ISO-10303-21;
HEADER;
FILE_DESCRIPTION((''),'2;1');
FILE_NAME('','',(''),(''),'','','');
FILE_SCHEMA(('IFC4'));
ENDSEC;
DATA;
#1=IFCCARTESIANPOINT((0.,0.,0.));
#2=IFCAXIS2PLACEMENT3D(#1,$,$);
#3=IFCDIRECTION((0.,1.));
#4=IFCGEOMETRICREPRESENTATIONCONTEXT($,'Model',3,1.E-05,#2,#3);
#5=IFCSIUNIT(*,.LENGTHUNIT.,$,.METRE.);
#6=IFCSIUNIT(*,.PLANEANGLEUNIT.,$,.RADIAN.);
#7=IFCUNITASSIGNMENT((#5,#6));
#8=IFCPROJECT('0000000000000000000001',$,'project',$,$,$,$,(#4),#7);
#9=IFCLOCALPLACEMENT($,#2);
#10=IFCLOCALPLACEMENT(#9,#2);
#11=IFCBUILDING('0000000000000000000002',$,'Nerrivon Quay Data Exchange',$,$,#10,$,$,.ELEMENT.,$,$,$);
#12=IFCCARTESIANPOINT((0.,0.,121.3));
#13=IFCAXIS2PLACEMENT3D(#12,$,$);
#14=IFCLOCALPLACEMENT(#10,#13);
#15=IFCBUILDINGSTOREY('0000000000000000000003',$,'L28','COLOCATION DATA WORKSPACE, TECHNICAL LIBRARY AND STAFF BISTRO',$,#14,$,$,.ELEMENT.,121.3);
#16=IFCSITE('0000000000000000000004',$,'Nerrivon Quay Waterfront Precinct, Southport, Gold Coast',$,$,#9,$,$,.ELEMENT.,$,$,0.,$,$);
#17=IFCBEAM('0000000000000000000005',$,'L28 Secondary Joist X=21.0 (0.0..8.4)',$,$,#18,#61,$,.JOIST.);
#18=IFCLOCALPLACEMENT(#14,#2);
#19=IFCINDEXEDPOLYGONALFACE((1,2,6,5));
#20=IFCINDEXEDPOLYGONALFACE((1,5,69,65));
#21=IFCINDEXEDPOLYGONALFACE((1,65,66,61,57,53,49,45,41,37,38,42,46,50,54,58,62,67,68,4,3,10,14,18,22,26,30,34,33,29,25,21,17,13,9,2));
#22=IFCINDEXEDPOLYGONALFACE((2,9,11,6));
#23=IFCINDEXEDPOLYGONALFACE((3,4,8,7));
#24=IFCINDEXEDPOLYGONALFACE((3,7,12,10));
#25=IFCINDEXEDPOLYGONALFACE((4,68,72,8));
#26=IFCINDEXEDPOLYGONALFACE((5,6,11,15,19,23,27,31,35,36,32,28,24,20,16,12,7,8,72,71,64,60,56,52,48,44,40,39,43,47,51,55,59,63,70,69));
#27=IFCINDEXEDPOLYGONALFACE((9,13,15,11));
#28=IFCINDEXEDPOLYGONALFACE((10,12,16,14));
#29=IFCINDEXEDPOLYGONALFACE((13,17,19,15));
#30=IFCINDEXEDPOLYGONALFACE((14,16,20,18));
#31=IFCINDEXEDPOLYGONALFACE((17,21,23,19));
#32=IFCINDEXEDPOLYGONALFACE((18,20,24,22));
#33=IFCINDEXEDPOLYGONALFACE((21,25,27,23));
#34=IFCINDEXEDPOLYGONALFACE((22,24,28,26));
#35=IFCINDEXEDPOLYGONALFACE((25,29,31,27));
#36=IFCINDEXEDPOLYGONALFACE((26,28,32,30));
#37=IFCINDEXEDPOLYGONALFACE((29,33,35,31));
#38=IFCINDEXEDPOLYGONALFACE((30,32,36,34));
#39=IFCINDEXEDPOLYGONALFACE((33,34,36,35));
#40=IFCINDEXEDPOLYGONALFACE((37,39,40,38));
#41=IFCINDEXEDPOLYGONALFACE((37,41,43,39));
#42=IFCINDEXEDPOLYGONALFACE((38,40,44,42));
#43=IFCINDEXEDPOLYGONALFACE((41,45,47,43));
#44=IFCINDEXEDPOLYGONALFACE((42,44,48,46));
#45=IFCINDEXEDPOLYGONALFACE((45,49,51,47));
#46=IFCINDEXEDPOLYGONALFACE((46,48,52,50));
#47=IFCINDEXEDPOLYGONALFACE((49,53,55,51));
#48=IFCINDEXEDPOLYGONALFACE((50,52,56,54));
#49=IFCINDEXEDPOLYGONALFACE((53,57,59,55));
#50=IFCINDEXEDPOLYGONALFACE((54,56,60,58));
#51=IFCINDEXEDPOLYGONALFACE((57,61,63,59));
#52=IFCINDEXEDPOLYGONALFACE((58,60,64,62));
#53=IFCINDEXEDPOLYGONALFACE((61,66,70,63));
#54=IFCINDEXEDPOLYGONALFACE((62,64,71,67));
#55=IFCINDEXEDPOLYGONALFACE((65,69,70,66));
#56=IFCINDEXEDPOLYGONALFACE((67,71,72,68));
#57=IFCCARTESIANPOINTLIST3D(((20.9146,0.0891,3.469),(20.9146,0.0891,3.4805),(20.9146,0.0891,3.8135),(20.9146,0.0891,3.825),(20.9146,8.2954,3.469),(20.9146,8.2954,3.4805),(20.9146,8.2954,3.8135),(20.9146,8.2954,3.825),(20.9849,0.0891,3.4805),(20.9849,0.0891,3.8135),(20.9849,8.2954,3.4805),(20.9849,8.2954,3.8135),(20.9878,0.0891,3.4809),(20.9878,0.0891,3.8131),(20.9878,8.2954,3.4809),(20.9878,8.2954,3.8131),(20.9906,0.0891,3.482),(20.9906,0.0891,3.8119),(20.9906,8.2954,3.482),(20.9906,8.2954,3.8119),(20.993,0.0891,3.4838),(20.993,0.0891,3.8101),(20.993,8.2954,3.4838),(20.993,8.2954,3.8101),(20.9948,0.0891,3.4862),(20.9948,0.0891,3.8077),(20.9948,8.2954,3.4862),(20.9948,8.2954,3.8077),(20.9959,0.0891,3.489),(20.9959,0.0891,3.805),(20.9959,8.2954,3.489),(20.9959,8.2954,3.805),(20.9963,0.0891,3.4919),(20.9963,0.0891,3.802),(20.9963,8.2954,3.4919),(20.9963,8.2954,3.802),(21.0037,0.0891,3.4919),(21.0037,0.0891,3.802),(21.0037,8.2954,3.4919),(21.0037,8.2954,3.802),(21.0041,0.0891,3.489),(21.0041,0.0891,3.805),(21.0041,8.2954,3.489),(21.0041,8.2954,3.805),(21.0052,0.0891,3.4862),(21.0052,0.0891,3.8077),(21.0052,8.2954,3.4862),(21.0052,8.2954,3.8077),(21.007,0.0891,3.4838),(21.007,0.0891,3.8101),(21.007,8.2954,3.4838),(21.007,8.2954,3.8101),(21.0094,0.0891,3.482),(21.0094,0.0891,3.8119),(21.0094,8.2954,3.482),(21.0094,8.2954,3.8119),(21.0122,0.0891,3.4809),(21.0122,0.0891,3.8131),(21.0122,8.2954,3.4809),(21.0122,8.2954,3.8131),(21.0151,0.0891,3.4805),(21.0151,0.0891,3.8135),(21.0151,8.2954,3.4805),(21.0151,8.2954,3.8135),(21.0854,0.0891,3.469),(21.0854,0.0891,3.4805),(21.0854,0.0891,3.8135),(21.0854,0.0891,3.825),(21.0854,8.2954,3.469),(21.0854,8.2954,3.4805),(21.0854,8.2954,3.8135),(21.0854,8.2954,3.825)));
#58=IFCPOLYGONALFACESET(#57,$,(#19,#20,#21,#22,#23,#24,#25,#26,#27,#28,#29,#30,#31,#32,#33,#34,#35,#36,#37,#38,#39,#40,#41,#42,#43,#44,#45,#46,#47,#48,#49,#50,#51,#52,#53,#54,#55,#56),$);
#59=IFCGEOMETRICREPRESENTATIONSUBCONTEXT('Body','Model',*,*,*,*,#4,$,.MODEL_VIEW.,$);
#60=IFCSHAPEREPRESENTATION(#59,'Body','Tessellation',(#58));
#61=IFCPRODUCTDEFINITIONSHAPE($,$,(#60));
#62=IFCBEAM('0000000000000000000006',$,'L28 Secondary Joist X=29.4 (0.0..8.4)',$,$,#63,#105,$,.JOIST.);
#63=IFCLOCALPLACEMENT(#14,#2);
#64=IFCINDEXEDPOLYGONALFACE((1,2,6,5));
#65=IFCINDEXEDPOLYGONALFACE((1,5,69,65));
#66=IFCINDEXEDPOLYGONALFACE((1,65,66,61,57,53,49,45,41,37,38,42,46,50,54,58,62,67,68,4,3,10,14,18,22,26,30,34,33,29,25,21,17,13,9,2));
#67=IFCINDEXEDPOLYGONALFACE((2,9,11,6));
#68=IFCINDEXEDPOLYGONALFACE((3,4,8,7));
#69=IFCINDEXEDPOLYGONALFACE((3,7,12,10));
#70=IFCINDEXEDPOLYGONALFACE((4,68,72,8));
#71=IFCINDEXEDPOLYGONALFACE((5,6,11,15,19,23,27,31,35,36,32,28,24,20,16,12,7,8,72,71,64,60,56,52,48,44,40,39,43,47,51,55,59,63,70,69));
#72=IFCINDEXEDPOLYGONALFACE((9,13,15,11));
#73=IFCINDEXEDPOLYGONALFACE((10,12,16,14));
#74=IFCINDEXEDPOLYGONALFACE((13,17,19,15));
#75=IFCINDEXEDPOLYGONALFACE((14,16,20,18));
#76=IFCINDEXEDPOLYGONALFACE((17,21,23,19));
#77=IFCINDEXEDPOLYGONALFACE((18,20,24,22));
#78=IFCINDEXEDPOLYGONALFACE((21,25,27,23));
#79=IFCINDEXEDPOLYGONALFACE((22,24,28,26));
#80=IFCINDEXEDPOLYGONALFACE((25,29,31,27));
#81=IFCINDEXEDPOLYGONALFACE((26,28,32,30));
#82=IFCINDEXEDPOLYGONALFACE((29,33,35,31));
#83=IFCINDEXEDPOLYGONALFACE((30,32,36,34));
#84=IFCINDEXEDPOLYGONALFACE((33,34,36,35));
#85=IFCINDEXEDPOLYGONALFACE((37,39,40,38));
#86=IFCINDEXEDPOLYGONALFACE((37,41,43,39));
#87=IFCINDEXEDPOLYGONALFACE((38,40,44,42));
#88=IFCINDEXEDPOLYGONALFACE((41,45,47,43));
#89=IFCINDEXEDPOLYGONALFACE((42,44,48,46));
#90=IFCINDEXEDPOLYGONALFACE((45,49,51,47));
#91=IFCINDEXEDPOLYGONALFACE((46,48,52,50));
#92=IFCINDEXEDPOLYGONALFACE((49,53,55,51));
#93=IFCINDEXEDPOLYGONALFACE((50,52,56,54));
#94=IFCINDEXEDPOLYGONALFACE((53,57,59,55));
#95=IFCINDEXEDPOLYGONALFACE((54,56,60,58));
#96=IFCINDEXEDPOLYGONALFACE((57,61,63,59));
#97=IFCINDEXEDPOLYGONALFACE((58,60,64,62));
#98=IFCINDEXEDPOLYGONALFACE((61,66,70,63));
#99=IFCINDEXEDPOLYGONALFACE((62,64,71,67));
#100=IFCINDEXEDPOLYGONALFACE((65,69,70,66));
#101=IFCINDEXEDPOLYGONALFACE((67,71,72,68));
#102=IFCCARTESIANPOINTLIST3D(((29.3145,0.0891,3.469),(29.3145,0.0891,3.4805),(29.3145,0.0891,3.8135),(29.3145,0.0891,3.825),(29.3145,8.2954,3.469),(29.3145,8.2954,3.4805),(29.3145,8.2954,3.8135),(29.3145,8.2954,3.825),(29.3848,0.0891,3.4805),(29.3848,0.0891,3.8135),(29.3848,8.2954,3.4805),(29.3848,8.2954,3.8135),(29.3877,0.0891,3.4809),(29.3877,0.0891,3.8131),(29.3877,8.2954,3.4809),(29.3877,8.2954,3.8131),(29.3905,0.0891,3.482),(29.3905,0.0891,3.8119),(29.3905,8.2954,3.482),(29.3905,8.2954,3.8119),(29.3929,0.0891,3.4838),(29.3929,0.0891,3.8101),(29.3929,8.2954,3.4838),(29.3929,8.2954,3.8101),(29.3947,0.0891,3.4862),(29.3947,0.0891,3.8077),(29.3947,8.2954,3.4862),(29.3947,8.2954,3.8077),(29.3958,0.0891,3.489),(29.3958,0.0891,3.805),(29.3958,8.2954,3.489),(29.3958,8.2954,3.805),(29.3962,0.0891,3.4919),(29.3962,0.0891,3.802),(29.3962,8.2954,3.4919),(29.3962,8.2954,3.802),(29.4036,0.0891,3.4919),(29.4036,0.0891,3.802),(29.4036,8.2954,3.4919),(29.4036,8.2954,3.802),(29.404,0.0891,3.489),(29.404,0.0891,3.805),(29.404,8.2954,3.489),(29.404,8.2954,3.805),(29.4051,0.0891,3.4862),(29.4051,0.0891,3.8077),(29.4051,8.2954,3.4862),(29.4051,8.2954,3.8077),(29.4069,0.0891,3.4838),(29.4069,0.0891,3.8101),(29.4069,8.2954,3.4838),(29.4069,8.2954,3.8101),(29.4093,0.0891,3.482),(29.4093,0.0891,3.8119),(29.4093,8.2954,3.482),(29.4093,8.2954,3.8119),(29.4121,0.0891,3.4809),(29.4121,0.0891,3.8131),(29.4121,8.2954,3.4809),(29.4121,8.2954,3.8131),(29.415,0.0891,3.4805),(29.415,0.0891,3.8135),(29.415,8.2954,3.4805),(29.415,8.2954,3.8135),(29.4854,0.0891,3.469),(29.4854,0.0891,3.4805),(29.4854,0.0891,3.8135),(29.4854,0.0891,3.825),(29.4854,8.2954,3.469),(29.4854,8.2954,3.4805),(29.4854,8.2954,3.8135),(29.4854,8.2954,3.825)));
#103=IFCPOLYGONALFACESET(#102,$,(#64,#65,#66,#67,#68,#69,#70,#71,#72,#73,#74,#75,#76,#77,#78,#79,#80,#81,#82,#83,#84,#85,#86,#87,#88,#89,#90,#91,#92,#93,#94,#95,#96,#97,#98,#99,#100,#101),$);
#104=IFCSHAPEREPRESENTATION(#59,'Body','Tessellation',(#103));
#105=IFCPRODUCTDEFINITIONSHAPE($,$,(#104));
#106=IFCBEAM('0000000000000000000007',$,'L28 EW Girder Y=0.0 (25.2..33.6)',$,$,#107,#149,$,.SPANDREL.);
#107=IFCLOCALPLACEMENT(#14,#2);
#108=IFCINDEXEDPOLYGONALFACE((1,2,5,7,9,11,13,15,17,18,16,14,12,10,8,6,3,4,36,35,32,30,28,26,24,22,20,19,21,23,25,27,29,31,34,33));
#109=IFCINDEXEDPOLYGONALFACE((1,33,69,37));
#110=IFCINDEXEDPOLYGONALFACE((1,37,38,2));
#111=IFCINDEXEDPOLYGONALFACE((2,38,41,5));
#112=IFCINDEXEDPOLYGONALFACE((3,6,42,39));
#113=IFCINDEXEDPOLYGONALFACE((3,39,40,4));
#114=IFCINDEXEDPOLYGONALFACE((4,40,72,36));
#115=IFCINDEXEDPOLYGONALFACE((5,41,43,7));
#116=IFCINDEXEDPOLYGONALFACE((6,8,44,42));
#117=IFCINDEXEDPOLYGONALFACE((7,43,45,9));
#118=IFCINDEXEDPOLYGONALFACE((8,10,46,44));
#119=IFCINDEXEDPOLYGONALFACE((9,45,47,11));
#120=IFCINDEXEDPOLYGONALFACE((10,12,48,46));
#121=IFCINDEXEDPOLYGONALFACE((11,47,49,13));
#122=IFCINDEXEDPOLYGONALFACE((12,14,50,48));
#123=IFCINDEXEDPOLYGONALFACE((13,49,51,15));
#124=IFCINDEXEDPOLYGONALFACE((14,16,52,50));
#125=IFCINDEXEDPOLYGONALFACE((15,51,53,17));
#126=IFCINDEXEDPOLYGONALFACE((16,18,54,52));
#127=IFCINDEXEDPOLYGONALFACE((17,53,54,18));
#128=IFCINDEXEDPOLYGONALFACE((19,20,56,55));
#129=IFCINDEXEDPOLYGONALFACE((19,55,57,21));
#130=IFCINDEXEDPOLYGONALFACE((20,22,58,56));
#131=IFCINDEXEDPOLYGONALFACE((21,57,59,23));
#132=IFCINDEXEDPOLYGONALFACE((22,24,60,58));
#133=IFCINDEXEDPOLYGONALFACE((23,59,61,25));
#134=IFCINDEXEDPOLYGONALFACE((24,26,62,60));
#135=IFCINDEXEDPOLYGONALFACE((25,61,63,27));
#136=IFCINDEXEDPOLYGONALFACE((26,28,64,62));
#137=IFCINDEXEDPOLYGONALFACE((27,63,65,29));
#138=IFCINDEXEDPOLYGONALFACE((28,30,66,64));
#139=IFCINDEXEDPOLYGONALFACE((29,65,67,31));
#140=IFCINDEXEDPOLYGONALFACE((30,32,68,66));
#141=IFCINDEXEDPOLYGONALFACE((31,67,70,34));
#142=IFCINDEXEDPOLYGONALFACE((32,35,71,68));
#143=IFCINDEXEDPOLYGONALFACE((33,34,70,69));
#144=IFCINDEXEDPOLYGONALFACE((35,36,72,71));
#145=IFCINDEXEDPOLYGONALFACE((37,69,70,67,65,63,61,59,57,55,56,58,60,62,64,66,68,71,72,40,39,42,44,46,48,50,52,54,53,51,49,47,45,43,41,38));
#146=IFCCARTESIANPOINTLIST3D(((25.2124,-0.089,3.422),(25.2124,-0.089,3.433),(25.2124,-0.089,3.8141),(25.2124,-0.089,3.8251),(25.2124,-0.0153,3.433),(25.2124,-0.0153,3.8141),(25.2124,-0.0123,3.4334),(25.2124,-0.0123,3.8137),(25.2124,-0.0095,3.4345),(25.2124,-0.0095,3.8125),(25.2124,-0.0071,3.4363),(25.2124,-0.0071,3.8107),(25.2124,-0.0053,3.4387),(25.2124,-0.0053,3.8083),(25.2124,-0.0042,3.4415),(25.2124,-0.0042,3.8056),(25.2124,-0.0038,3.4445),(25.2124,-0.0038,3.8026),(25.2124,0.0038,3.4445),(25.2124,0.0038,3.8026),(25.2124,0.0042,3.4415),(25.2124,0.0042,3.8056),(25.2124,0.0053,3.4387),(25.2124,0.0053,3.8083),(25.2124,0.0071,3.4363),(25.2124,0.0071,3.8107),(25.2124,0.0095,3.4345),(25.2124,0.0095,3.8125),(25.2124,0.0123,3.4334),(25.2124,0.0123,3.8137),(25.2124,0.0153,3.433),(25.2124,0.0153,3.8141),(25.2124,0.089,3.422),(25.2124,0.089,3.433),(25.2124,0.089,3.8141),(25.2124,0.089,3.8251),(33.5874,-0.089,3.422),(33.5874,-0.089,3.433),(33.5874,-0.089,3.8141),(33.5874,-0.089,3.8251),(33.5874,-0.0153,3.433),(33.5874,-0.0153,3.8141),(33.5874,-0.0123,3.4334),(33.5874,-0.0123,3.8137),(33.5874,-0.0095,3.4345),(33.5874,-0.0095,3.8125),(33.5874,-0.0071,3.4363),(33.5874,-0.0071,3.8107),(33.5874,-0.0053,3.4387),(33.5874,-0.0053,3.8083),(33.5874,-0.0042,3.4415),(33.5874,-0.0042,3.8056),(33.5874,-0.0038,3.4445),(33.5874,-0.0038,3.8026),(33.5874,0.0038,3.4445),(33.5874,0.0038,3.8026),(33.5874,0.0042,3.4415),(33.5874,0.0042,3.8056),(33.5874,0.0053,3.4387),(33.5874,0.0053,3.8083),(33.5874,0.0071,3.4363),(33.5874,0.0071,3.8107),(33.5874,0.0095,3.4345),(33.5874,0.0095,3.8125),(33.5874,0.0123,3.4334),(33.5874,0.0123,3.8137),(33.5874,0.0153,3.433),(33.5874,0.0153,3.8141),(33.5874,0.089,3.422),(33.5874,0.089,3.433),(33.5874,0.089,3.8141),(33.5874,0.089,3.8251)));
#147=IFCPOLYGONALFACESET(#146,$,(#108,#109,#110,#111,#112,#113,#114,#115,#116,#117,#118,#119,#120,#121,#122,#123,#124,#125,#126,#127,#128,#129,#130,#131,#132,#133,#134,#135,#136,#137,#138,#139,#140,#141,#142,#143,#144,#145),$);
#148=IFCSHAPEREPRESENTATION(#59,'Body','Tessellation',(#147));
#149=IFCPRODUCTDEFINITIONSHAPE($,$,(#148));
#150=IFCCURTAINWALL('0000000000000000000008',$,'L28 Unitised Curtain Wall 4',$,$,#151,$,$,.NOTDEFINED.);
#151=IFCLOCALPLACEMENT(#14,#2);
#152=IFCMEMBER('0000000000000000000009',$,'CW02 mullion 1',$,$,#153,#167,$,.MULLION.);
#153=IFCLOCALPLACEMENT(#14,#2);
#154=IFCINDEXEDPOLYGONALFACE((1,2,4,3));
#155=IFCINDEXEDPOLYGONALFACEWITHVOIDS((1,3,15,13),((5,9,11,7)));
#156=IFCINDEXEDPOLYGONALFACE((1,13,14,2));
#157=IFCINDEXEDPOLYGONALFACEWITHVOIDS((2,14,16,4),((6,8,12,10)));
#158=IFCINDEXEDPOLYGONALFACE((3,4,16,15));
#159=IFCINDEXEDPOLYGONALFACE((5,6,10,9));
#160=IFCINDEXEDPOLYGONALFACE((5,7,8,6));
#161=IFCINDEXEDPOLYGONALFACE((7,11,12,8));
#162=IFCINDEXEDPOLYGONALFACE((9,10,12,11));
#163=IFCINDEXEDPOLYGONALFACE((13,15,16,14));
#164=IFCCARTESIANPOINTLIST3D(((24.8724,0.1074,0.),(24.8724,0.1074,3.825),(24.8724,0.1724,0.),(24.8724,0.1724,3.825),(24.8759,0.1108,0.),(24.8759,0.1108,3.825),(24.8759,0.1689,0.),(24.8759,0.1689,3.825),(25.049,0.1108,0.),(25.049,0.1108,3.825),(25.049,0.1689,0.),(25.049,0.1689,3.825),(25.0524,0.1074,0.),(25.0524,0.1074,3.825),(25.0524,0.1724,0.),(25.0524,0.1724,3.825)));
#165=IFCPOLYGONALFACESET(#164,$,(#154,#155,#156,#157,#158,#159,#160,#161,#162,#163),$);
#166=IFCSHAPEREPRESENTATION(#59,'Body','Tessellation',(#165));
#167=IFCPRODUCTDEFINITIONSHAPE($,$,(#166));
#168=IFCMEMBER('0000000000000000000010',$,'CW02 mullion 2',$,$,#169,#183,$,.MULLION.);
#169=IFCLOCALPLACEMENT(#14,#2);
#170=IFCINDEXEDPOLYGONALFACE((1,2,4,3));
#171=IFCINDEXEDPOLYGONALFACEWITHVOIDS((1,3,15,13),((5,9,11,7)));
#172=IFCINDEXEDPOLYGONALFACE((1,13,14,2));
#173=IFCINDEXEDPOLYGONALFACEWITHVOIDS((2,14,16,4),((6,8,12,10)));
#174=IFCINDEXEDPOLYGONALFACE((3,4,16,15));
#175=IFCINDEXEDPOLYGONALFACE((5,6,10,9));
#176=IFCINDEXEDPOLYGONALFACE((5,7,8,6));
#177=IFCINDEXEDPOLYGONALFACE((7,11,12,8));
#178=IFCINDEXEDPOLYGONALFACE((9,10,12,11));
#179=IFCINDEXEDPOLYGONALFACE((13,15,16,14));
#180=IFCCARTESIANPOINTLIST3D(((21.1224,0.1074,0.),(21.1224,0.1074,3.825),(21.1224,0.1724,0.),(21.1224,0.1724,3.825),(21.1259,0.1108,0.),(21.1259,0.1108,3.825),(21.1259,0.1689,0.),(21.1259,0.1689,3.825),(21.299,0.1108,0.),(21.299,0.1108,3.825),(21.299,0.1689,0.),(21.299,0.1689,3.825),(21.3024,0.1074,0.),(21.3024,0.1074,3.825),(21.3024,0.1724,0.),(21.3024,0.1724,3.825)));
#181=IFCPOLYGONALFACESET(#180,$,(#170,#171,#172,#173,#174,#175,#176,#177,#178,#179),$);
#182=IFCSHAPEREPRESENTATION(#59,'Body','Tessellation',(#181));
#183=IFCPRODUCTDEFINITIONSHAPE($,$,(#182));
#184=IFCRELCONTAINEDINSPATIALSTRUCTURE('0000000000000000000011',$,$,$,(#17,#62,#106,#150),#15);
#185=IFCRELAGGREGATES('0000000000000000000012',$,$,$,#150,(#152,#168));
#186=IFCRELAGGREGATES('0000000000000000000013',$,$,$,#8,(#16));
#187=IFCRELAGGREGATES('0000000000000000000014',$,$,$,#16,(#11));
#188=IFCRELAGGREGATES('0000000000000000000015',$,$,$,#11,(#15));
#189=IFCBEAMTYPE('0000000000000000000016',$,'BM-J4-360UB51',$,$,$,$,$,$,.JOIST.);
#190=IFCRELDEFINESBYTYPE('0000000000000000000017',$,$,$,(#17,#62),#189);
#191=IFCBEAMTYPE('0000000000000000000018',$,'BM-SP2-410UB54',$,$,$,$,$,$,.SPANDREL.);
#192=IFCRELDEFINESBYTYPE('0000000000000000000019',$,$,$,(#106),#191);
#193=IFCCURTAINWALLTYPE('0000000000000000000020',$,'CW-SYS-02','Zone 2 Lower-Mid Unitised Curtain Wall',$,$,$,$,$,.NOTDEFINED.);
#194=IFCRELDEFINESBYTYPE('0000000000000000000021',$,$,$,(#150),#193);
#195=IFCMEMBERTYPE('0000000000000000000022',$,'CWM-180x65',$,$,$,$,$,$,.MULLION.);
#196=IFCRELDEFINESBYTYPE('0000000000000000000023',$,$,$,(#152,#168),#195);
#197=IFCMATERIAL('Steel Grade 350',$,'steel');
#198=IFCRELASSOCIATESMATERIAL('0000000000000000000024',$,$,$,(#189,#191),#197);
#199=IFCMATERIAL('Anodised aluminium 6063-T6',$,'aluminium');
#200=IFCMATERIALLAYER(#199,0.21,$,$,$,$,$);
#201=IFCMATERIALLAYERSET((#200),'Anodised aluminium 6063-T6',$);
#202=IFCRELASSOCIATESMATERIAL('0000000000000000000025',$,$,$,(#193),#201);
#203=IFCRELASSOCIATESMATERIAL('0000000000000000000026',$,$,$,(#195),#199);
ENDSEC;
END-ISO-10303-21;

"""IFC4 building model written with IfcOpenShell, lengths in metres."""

from ifc_helpers import new_model, si_unit, direction, frame, origin, origin_2d, place, context, subcontext, project, spatial, hollow_rectangle, i_section, extrude, material, layer, layer_set, material_profile, profile_set, type_object, element, aggregate, save


model = new_model("IFC4")

# Units and contexts
model_context = context("Model", 3, precision=1e-05, world=origin(), true_north=direction((0.0, 1.0)))
body_context = subcontext(model_context, "Body", "Model", "MODEL_VIEW")
ifc_project = project(units=[si_unit("LENGTHUNIT", "METRE"), si_unit("PLANEANGLEUNIT", "RADIAN")], contexts=[model_context])

# Site, building, storey
site_placement = place(None, origin())
site = spatial("IfcSite", under=ifc_project, at=site_placement, Name="Nerrivon Quay Waterfront Precinct, Southport, Gold Coast", CompositionType="ELEMENT", RefElevation=0.0)
building_placement = place(site_placement, origin())
building = spatial("IfcBuilding", under=site, at=building_placement, Name="Nerrivon Quay Data Exchange", CompositionType="ELEMENT")
storey_placement = place(building_placement, frame((0.0, 0.0, 121.3)))
storey = spatial("IfcBuildingStorey", under=building, at=storey_placement, Name="L28", Description="COLOCATION DATA WORKSPACE, TECHNICAL LIBRARY AND STAFF BISTRO", CompositionType="ELEMENT", Elevation=121.3)

# Shared definitions
ifc_material_1 = material(Name="Steel Grade 350", Category="steel")

# Beams
ifc_material_profile_1 = material_profile(ifc_material_1, i_section(OverallWidth=0.1709, OverallDepth=0.356, WebThickness=0.0073, FlangeThickness=0.0115, FilletRadius=0.0115, at=origin_2d()), Name="360UB50.7")
ifc_profile_set_1 = profile_set([ifc_material_profile_1], Name="Steel Grade 350")
beam_type_1 = type_object("IfcBeamType", Name="BM-J4-360UB51", PredefinedType="JOIST", material=ifc_profile_set_1)
for number, where, z_axis, x_axis, name in (
    (1, (21.0, 0.0891, 3.647), (0.0, 1.0, 0.0), (-1.0, 0.0, 0.0), "L28 Secondary Joist X=21.0 (0.0..8.4)"),
    (2, (29.3999, 0.0891, 3.647), (0.0, 1.0, 0.0), (-1.0, 0.0, 0.0), "L28 Secondary Joist X=29.4 (0.0..8.4)"),
):
    element("IfcBeam", number, at=place(storey_placement, frame(where, z_axis=z_axis, x_axis=x_axis)), inside=storey, type_object=beam_type_1, Name=name, PredefinedType="JOIST", context=body_context, shape_type="SweptSolid", body=[
        extrude(i_section(OverallWidth=0.1709, OverallDepth=0.356, WebThickness=0.0073, FlangeThickness=0.0115, FilletRadius=0.0115, at=origin_2d()), origin(), (0.0, 0.0, 1.0), 8.2063),
    ])
ifc_material_profile_2 = material_profile(ifc_material_1, i_section(OverallWidth=0.178, OverallDepth=0.4031, WebThickness=0.0076, FlangeThickness=0.011, FilletRadius=0.0115, at=origin_2d()), Name="410UB53.7")
ifc_profile_set_2 = profile_set([ifc_material_profile_2], Name="Steel Grade 350")
beam_type_2 = type_object("IfcBeamType", Name="BM-SP2-410UB54", PredefinedType="SPANDREL", material=ifc_profile_set_2)
beam_1_placement = place(storey_placement, frame((25.2124, 0.0, 3.6235), z_axis=(1.0, 0.0, 0.0), x_axis=(0.0, 1.0, 0.0)))
element("IfcBeam", 3, at=beam_1_placement, inside=storey, type_object=beam_type_2, Name="L28 EW Girder Y=0.0 (25.2..33.6)", PredefinedType="SPANDREL", context=body_context, shape_type="SweptSolid", body=[
    extrude(i_section(OverallWidth=0.178, OverallDepth=0.4031, WebThickness=0.0076, FlangeThickness=0.011, FilletRadius=0.0115, at=origin_2d()), origin(), (0.0, 0.0, 1.0), 8.375),
])

# Curtain wall, members
ifc_material_2 = material(Name="Anodised aluminium 6063-T6", Category="aluminium")
ifc_layer_1 = layer(ifc_material_2, 0.21)
ifc_layer_set_1 = layer_set([ifc_layer_1], Name="Anodised aluminium 6063-T6")
curtain_wall_type = type_object("IfcCurtainWallType", Name="CW-SYS-02", Description="Zone 2 Lower-Mid Unitised Curtain Wall", PredefinedType="NOTDEFINED", material=ifc_layer_set_1)
curtain_wall_placement = place(storey_placement, origin())
curtain_wall = element("IfcCurtainWall", 4, at=curtain_wall_placement, inside=storey, type_object=curtain_wall_type, Name="L28 Unitised Curtain Wall 4", PredefinedType="NOTDEFINED")
ifc_material_profile_3 = material_profile(ifc_material_2, hollow_rectangle(XDim=0.0649, YDim=0.1799, WallThickness=0.0034, at=origin_2d()), Name="ALU-MULL-180x65")
ifc_profile_set_3 = profile_set([ifc_material_profile_3], Name="Anodised aluminium 6063-T6")
member_type_1 = type_object("IfcMemberType", Name="CWM-180x65", PredefinedType="MULLION", material=ifc_profile_set_3)
member_1_placement = place(storey_placement, frame((24.9624, 0.1399, 0.0), z_axis=(0.0, 0.0, 1.0), x_axis=(0.0, -1.0, 0.0)))
member_1 = element("IfcMember", 5, at=member_1_placement, type_object=member_type_1, Name="CW02 mullion 1", PredefinedType="MULLION", context=body_context, shape_type="SweptSolid", body=[
    extrude(hollow_rectangle(XDim=0.0649, YDim=0.1799, WallThickness=0.0034, at=origin_2d()), origin(), (0.0, 0.0, 1.0), 3.825),
])
member_2_placement = place(storey_placement, frame((21.2124, 0.1399, 0.0), z_axis=(0.0, 0.0, 1.0), x_axis=(0.0, -1.0, 0.0)))
member_2 = element("IfcMember", 6, at=member_2_placement, type_object=member_type_1, Name="CW02 mullion 2", PredefinedType="MULLION", context=body_context, shape_type="SweptSolid", body=[
    extrude(hollow_rectangle(XDim=0.0649, YDim=0.1799, WallThickness=0.0034, at=origin_2d()), origin(), (0.0, 0.0, 1.0), 3.825),
])
aggregate(curtain_wall, [member_1, member_2])

save(model, "model.ifc")
